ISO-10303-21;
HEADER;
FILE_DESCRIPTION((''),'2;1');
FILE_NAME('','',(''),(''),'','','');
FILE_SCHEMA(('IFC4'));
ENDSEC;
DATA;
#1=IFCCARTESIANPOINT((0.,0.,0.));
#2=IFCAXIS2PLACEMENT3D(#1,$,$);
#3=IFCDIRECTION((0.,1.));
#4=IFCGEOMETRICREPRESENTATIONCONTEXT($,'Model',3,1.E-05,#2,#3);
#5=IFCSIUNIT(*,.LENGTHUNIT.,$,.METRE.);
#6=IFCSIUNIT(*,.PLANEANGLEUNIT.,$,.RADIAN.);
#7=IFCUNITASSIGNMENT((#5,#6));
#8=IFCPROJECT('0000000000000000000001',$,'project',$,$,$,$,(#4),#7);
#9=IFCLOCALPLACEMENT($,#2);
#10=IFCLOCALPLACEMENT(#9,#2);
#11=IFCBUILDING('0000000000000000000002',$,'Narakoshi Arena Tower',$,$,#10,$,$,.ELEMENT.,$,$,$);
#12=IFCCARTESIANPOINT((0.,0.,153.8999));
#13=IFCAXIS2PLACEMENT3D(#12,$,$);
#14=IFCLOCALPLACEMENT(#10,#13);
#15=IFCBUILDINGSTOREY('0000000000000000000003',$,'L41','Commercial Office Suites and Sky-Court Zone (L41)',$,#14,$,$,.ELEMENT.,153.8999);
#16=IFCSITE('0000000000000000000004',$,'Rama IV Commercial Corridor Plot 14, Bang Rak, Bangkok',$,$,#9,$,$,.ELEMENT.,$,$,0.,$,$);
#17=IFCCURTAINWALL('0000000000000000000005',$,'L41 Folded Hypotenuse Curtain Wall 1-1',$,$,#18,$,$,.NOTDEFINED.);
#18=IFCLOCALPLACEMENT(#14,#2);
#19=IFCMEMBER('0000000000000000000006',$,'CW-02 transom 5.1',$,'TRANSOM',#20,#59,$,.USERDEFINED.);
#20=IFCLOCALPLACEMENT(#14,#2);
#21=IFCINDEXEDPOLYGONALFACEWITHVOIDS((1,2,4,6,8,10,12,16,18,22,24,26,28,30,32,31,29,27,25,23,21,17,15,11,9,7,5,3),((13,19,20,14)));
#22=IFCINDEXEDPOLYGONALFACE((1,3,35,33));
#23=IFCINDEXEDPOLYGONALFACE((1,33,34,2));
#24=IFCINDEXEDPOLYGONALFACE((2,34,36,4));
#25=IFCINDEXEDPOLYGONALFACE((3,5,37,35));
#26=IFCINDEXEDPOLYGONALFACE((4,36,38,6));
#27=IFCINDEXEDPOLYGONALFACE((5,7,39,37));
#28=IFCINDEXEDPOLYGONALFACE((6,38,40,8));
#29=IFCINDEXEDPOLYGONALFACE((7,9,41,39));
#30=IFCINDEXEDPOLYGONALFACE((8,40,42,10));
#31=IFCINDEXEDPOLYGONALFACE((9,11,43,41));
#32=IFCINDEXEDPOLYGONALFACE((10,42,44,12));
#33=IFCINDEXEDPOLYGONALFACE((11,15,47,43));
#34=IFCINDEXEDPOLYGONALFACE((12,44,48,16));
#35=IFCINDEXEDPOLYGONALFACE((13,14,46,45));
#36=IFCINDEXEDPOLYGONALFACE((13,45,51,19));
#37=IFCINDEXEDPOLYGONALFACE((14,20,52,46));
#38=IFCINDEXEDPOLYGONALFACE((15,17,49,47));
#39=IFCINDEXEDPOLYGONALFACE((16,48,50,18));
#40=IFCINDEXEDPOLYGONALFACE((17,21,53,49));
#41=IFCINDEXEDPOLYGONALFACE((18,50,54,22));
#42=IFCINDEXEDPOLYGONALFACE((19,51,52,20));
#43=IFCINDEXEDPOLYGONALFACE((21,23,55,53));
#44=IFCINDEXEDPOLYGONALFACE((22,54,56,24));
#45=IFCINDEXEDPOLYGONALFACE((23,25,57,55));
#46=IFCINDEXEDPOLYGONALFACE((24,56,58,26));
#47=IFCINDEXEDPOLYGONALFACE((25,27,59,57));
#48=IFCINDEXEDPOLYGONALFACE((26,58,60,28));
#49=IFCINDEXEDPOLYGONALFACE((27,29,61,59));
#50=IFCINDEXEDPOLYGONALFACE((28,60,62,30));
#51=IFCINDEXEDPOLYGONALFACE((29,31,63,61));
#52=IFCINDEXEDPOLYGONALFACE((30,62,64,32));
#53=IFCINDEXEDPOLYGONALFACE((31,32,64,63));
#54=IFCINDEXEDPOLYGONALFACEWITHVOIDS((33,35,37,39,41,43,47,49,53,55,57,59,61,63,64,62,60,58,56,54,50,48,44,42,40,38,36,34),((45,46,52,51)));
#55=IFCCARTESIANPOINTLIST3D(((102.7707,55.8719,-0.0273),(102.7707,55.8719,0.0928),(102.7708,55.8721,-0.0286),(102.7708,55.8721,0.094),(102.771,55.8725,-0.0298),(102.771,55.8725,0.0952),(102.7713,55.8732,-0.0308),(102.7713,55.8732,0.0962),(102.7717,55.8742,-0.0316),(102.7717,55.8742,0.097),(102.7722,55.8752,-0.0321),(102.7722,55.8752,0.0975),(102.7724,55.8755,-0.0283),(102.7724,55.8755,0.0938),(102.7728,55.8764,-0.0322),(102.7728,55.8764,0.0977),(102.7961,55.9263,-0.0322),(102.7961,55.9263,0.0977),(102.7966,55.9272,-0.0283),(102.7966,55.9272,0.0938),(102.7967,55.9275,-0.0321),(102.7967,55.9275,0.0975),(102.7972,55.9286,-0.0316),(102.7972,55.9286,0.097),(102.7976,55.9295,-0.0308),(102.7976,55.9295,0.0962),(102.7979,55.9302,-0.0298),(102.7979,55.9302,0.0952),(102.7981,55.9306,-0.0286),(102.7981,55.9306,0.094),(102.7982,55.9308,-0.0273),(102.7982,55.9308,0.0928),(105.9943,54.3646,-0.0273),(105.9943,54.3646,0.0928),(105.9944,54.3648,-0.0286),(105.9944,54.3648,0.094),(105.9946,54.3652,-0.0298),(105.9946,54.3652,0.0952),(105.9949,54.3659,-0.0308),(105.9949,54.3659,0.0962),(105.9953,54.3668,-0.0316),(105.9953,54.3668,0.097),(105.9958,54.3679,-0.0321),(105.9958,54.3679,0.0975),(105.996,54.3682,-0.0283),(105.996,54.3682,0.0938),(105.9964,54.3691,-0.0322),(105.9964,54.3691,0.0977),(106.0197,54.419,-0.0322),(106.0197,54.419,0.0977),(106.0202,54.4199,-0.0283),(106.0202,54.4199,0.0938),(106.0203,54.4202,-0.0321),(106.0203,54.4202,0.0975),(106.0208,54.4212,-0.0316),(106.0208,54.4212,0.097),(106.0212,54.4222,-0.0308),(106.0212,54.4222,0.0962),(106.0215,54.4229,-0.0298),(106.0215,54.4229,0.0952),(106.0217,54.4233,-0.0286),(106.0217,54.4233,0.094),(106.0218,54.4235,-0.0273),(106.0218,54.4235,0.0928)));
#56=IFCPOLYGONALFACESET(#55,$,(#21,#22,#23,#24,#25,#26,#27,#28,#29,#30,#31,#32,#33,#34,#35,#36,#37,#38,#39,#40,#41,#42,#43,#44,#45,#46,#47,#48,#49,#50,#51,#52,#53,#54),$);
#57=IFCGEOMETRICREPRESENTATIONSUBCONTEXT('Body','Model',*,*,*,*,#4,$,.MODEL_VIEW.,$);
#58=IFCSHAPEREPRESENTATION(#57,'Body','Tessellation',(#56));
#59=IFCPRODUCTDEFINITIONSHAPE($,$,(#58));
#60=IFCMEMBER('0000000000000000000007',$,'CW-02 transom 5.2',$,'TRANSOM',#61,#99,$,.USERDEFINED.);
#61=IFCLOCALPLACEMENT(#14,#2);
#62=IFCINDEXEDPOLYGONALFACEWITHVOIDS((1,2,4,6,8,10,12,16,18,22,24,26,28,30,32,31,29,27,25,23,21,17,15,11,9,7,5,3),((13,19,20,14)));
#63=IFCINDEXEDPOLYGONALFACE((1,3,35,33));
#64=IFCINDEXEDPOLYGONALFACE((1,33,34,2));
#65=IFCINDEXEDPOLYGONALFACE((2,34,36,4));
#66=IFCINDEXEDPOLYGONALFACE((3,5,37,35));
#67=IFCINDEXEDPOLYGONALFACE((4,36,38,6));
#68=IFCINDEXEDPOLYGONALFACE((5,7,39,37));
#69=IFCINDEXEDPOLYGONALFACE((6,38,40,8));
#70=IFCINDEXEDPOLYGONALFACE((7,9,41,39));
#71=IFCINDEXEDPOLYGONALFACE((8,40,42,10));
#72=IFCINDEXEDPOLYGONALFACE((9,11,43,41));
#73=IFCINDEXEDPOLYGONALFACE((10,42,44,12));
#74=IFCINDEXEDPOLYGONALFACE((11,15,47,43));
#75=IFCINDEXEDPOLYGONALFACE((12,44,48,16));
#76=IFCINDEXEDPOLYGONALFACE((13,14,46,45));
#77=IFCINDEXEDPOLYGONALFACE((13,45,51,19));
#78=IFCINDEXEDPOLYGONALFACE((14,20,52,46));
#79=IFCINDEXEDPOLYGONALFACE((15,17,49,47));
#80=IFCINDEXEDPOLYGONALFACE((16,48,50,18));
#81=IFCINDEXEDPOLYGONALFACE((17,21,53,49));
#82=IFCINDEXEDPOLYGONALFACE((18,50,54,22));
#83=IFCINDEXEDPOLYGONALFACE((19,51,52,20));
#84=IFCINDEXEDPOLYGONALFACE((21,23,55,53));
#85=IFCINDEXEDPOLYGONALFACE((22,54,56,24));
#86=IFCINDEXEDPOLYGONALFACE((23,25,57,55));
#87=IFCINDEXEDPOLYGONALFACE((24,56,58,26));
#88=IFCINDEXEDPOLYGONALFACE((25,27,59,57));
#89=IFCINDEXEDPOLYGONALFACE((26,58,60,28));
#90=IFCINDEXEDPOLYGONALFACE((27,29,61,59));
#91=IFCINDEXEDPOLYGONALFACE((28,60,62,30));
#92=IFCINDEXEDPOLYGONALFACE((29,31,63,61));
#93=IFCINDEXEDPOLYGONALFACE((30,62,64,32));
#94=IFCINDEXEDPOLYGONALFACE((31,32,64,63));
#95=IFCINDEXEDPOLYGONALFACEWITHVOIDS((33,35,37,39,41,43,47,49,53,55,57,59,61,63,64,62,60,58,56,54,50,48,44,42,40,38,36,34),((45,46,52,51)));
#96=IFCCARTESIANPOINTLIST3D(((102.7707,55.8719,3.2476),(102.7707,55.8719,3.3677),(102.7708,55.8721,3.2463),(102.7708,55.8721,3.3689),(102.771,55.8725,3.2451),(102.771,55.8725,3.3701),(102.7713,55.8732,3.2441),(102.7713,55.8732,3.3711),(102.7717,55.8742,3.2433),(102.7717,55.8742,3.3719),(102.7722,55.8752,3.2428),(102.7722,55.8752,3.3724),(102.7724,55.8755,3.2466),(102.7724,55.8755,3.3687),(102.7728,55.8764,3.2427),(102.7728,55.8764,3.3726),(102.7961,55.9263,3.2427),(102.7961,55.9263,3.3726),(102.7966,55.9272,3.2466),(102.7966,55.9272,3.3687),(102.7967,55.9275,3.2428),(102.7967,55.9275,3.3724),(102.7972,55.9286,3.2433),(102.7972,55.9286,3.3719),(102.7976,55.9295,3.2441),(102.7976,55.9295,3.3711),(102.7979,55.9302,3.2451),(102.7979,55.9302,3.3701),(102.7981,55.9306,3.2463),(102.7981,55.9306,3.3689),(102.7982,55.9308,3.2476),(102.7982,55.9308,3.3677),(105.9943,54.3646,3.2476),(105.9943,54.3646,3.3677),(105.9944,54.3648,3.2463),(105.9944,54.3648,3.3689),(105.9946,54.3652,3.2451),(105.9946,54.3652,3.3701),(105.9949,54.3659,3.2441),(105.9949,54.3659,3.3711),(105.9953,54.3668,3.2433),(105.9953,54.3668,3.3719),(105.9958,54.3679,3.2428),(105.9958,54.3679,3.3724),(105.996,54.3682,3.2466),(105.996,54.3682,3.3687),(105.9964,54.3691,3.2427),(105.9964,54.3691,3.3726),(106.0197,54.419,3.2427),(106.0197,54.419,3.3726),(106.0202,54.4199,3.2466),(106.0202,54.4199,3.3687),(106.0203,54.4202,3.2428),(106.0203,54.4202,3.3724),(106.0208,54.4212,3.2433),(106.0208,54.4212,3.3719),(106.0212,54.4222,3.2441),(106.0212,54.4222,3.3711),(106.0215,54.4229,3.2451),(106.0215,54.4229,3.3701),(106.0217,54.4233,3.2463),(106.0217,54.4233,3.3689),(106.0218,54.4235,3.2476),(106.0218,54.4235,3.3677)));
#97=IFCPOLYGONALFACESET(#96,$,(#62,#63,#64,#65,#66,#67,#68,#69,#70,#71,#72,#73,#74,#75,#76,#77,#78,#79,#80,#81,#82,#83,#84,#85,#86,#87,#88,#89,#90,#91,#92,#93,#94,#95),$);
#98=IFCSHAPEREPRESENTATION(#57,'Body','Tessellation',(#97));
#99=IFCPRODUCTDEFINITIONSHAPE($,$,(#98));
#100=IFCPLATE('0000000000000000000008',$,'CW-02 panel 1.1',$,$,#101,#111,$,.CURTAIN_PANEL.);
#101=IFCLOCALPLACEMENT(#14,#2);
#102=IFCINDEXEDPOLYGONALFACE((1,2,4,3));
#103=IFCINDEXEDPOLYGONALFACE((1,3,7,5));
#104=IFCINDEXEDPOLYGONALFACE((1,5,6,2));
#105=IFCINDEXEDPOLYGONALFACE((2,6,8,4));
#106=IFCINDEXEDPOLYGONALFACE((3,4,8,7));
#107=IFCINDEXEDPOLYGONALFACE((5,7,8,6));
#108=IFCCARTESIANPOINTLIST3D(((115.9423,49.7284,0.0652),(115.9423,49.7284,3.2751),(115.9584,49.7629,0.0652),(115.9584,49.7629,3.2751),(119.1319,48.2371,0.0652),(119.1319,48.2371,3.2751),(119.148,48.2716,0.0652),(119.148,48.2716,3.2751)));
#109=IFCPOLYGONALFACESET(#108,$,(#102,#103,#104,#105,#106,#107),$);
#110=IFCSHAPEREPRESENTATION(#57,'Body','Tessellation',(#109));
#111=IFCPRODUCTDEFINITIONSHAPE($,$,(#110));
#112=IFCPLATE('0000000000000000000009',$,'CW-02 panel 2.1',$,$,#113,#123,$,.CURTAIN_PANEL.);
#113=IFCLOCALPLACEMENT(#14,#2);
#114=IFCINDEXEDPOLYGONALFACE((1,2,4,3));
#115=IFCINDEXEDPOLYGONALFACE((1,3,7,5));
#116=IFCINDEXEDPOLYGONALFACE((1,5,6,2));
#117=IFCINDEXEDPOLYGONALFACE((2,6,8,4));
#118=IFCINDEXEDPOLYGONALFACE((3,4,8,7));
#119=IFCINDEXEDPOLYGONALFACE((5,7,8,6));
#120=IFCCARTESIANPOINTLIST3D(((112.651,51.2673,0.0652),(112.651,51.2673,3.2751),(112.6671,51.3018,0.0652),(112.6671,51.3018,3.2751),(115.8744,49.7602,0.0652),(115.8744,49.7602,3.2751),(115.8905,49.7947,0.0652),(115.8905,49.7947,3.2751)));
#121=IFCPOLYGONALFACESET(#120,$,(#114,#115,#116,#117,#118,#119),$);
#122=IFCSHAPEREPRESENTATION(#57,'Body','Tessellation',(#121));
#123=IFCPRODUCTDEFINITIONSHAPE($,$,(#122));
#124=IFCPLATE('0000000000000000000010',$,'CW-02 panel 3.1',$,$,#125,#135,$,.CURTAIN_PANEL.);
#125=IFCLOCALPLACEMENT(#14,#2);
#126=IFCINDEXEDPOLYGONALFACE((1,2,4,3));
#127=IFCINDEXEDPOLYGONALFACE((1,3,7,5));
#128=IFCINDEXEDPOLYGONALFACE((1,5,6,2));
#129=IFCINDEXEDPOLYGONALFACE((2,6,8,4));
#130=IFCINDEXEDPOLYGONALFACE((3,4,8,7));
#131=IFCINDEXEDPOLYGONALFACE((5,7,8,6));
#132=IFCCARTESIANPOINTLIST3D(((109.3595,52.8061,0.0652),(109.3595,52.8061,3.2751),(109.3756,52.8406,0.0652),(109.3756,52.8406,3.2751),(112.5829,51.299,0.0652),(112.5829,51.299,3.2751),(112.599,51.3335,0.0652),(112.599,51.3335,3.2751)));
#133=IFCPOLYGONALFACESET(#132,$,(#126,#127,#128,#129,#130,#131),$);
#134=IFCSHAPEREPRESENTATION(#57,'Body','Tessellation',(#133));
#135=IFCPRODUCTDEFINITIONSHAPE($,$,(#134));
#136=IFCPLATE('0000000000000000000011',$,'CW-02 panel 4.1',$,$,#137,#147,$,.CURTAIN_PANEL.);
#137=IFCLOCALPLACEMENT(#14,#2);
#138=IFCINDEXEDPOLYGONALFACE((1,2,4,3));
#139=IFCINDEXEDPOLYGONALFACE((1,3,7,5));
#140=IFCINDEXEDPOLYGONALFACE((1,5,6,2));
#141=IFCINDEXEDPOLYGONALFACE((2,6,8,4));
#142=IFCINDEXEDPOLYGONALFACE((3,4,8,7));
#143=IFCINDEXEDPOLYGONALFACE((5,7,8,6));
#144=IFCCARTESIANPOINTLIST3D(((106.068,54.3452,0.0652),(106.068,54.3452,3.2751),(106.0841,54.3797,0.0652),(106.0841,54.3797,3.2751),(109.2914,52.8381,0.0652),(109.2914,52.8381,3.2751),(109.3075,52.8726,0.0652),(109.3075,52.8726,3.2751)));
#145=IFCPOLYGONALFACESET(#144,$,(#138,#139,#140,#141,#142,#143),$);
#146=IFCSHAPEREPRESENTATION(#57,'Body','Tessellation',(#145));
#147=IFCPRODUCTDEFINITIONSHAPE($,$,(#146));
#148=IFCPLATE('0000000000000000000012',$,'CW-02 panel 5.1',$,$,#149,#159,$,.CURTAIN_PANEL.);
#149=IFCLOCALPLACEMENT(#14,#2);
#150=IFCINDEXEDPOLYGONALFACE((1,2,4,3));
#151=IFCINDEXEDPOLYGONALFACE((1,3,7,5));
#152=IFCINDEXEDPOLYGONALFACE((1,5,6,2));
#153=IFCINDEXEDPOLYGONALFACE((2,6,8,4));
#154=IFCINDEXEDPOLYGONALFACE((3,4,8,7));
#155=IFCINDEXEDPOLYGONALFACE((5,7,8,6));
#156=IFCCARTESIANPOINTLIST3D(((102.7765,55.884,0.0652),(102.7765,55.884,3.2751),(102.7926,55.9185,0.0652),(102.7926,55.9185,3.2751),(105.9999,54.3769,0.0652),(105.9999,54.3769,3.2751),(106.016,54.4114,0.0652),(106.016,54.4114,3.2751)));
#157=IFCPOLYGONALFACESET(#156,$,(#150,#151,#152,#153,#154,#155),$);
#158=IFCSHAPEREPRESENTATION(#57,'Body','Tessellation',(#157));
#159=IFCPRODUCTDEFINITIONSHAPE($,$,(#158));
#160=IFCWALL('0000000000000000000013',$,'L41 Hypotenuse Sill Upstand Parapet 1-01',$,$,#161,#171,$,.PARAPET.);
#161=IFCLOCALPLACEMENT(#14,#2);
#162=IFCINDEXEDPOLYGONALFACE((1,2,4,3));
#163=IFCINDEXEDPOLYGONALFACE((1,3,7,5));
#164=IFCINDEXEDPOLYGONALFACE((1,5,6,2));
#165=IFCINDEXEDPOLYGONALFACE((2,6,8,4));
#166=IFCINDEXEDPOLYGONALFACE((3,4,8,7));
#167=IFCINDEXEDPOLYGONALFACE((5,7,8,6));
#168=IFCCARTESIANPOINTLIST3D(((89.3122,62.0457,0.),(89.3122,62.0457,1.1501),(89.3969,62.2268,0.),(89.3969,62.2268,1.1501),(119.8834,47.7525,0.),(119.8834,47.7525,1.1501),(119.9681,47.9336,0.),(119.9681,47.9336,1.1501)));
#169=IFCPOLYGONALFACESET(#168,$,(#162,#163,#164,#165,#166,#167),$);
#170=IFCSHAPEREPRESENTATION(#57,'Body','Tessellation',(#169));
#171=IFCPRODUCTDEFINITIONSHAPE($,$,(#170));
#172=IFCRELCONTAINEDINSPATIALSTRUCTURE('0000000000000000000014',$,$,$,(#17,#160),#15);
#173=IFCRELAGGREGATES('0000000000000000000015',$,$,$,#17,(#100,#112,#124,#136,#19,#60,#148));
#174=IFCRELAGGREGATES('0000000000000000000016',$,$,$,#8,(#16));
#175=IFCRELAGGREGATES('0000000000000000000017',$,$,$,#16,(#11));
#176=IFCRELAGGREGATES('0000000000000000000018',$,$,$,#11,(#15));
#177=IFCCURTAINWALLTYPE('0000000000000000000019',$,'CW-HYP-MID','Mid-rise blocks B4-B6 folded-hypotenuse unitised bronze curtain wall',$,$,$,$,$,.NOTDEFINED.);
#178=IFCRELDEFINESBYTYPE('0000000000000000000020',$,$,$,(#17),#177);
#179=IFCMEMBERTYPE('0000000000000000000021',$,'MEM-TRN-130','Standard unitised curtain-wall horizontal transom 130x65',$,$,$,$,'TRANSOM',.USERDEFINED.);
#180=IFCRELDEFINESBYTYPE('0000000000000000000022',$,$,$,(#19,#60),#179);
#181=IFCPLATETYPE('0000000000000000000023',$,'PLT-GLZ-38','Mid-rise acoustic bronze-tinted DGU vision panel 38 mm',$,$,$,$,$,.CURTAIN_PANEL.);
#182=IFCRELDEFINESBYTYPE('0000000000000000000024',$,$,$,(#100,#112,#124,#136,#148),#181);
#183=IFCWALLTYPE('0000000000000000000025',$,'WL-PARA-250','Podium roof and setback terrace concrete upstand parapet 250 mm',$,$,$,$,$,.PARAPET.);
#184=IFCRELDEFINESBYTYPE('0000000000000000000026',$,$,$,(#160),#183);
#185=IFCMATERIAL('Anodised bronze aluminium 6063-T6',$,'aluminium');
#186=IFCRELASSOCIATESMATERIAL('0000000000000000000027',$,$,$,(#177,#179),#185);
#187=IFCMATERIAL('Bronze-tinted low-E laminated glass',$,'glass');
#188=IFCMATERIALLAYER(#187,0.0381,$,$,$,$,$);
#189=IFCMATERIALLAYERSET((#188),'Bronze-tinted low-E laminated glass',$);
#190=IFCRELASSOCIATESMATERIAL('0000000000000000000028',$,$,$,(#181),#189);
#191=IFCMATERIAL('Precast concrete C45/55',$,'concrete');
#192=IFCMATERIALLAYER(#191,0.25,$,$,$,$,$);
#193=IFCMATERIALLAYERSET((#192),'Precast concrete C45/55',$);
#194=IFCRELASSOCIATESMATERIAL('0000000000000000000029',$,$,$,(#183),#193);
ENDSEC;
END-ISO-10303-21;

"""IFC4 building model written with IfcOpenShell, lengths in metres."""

from ifc_helpers import new_model, si_unit, direction, frame, frame_2d, origin, origin_2d, place, context, subcontext, project, spatial, rectangle, hollow_rectangle, extrude, material, layer, layer_set, material_profile, profile_set, type_object, element, aggregate, save


model = new_model("IFC4")

# Units and contexts
model_context = context("Model", 3, precision=1e-05, world=origin(), true_north=direction((0.0, 1.0)))
body_context = subcontext(model_context, "Body", "Model", "MODEL_VIEW")
ifc_project = project(units=[si_unit("LENGTHUNIT", "METRE"), si_unit("PLANEANGLEUNIT", "RADIAN")], contexts=[model_context])

# Site, building, storey
site_placement = place(None, origin())
site = spatial("IfcSite", under=ifc_project, at=site_placement, Name="Rama IV Commercial Corridor Plot 14, Bang Rak, Bangkok", CompositionType="ELEMENT", RefElevation=0.0)
building_placement = place(site_placement, origin())
building = spatial("IfcBuilding", under=site, at=building_placement, Name="Narakoshi Arena Tower", CompositionType="ELEMENT")
storey_placement = place(building_placement, frame((0.0, 0.0, 153.8999)))
storey = spatial("IfcBuildingStorey", under=building, at=storey_placement, Name="L41", Description="Commercial Office Suites and Sky-Court Zone (L41)", CompositionType="ELEMENT", Elevation=153.8999)

# Curtain wall, members, plates
ifc_material_1 = material(Name="Anodised bronze aluminium 6063-T6", Category="aluminium")
curtain_wall_type = type_object("IfcCurtainWallType", Name="CW-HYP-MID", Description="Mid-rise blocks B4-B6 folded-hypotenuse unitised bronze curtain wall", PredefinedType="NOTDEFINED", material=ifc_material_1)
curtain_wall_placement = place(storey_placement, origin())
curtain_wall = element("IfcCurtainWall", 1, at=curtain_wall_placement, inside=storey, type_object=curtain_wall_type, Name="L41 Folded Hypotenuse Curtain Wall 1-1", PredefinedType="NOTDEFINED")
ifc_material_profile_1 = material_profile(ifc_material_1, hollow_rectangle(XDim=0.0649, YDim=0.1299, WallThickness=0.0039, OuterFilletRadius=0.0049, at=origin_2d()), Name="TRN130x65x4")
ifc_profile_set_1 = profile_set([ifc_material_profile_1], Name="Anodised bronze aluminium 6063-T6")
member_type_1 = type_object("IfcMemberType", Name="MEM-TRN-130", Description="Standard unitised curtain-wall horizontal transom 130x65", ElementType="TRANSOM", PredefinedType="USERDEFINED", material=ifc_profile_set_1)
member_1_placement = place(storey_placement, frame((106.0081, 54.394, 0.0327), z_axis=(-0.905864, 0.423569, 0.0), x_axis=(-0.423569, -0.905864, 0.0)))
member_1 = element("IfcMember", 2, at=member_1_placement, type_object=member_type_1, Name="CW-02 transom 5.1", ObjectType="TRANSOM", PredefinedType="USERDEFINED", context=body_context, shape_type="SweptSolid", body=[
    extrude(hollow_rectangle(XDim=0.0649, YDim=0.1299, WallThickness=0.0039, OuterFilletRadius=0.0049, at=origin_2d()), origin(), (0.0, 0.0, 1.0), 3.5586),
])
member_2_placement = place(storey_placement, frame((106.0081, 54.394, 3.3076), z_axis=(-0.905864, 0.423569, 0.0), x_axis=(-0.423569, -0.905864, 0.0)))
member_2 = element("IfcMember", 3, at=member_2_placement, type_object=member_type_1, Name="CW-02 transom 5.2", ObjectType="TRANSOM", PredefinedType="USERDEFINED", context=body_context, shape_type="SweptSolid", body=[
    extrude(hollow_rectangle(XDim=0.0649, YDim=0.1299, WallThickness=0.0039, OuterFilletRadius=0.0049, at=origin_2d()), origin(), (0.0, 0.0, 1.0), 3.5586),
])
ifc_material_2 = material(Name="Bronze-tinted low-E laminated glass", Category="glass")
ifc_layer_1 = layer(ifc_material_2, 0.0381)
ifc_layer_set_1 = layer_set([ifc_layer_1], Name="Bronze-tinted low-E laminated glass")
plate_type = type_object("IfcPlateType", Name="PLT-GLZ-38", Description="Mid-rise acoustic bronze-tinted DGU vision panel 38 mm", PredefinedType="CURTAIN_PANEL", material=ifc_layer_set_1)
plate_1_placement = place(storey_placement, frame((117.5452, 49.0, 0.0652), z_axis=(0.0, 0.0, 1.0), x_axis=(-0.905881, 0.423532, 0.0)))
plate_1 = element("IfcPlate", 4, at=plate_1_placement, type_object=plate_type, Name="CW-02 panel 1.1", PredefinedType="CURTAIN_PANEL", context=body_context, shape_type="SweptSolid", body=[
    extrude(rectangle(XDim=3.521, YDim=0.0381, at=origin_2d()), origin(), (0.0, 0.0, 1.0), 3.21),
])
plate_2_placement = place(storey_placement, frame((114.2708, 50.531, 0.0652), z_axis=(0.0, 0.0, 1.0), x_axis=(-0.905881, 0.423532, 0.0)))
plate_2 = element("IfcPlate", 5, at=plate_2_placement, type_object=plate_type, Name="CW-02 panel 2.1", PredefinedType="CURTAIN_PANEL", context=body_context, shape_type="SweptSolid", body=[
    extrude(rectangle(XDim=3.5583, YDim=0.0381, at=origin_2d()), origin(), (0.0, 0.0, 1.0), 3.21),
])
plate_3_placement = place(storey_placement, frame((110.9792, 52.0698, 0.0652), z_axis=(0.0, 0.0, 1.0), x_axis=(-0.905881, 0.423532, 0.0)))
plate_3 = element("IfcPlate", 6, at=plate_3_placement, type_object=plate_type, Name="CW-02 panel 3.1", PredefinedType="CURTAIN_PANEL", context=body_context, shape_type="SweptSolid", body=[
    extrude(rectangle(XDim=3.5583, YDim=0.0381, at=origin_2d()), origin(), (0.0, 0.0, 1.0), 3.21),
])
plate_4_placement = place(storey_placement, frame((107.6877, 53.6089, 0.0652), z_axis=(0.0, 0.0, 1.0), x_axis=(-0.905881, 0.423532, 0.0)))
plate_4 = element("IfcPlate", 7, at=plate_4_placement, type_object=plate_type, Name="CW-02 panel 4.1", PredefinedType="CURTAIN_PANEL", context=body_context, shape_type="SweptSolid", body=[
    extrude(rectangle(XDim=3.5583, YDim=0.0381, at=origin_2d()), origin(), (0.0, 0.0, 1.0), 3.21),
])
plate_5_placement = place(storey_placement, frame((104.3962, 55.1477, 0.0652), z_axis=(0.0, 0.0, 1.0), x_axis=(-0.905881, 0.423532, 0.0)))
plate_5 = element("IfcPlate", 8, at=plate_5_placement, type_object=plate_type, Name="CW-02 panel 5.1", PredefinedType="CURTAIN_PANEL", context=body_context, shape_type="SweptSolid", body=[
    extrude(rectangle(XDim=3.5583, YDim=0.0381, at=origin_2d()), origin(), (0.0, 0.0, 1.0), 3.21),
])
aggregate(curtain_wall, [plate_1, plate_2, plate_3, plate_4, member_1, member_2, plate_5])

# Wall
ifc_material_3 = material(Name="Precast concrete C45/55", Category="concrete")
ifc_layer_2 = layer(ifc_material_3, 0.25)
ifc_layer_set_2 = layer_set([ifc_layer_2], Name="Precast concrete C45/55")
wall_type_1 = type_object("IfcWallType", Name="WL-PARA-250", Description="Podium roof and setback terrace concrete upstand parapet 250 mm", PredefinedType="PARAPET", material=ifc_layer_set_2)
wall_1_placement = place(storey_placement, frame((119.9258, 47.843, 0.0), z_axis=(0.0, 0.0, 1.0), x_axis=(-0.905881, 0.423533, 0.0)))
element("IfcWall", 9, at=wall_1_placement, inside=storey, type_object=wall_type_1, Name="L41 Hypotenuse Sill Upstand Parapet 1-01", PredefinedType="PARAPET", context=body_context, shape_type="SweptSolid", body=[
    extrude(rectangle(XDim=33.7476, YDim=0.2, at=frame_2d((16.8738, 0.0))), origin(), (0.0, 0.0, 1.0), 1.1501),
])

save(model, "model.ifc")
